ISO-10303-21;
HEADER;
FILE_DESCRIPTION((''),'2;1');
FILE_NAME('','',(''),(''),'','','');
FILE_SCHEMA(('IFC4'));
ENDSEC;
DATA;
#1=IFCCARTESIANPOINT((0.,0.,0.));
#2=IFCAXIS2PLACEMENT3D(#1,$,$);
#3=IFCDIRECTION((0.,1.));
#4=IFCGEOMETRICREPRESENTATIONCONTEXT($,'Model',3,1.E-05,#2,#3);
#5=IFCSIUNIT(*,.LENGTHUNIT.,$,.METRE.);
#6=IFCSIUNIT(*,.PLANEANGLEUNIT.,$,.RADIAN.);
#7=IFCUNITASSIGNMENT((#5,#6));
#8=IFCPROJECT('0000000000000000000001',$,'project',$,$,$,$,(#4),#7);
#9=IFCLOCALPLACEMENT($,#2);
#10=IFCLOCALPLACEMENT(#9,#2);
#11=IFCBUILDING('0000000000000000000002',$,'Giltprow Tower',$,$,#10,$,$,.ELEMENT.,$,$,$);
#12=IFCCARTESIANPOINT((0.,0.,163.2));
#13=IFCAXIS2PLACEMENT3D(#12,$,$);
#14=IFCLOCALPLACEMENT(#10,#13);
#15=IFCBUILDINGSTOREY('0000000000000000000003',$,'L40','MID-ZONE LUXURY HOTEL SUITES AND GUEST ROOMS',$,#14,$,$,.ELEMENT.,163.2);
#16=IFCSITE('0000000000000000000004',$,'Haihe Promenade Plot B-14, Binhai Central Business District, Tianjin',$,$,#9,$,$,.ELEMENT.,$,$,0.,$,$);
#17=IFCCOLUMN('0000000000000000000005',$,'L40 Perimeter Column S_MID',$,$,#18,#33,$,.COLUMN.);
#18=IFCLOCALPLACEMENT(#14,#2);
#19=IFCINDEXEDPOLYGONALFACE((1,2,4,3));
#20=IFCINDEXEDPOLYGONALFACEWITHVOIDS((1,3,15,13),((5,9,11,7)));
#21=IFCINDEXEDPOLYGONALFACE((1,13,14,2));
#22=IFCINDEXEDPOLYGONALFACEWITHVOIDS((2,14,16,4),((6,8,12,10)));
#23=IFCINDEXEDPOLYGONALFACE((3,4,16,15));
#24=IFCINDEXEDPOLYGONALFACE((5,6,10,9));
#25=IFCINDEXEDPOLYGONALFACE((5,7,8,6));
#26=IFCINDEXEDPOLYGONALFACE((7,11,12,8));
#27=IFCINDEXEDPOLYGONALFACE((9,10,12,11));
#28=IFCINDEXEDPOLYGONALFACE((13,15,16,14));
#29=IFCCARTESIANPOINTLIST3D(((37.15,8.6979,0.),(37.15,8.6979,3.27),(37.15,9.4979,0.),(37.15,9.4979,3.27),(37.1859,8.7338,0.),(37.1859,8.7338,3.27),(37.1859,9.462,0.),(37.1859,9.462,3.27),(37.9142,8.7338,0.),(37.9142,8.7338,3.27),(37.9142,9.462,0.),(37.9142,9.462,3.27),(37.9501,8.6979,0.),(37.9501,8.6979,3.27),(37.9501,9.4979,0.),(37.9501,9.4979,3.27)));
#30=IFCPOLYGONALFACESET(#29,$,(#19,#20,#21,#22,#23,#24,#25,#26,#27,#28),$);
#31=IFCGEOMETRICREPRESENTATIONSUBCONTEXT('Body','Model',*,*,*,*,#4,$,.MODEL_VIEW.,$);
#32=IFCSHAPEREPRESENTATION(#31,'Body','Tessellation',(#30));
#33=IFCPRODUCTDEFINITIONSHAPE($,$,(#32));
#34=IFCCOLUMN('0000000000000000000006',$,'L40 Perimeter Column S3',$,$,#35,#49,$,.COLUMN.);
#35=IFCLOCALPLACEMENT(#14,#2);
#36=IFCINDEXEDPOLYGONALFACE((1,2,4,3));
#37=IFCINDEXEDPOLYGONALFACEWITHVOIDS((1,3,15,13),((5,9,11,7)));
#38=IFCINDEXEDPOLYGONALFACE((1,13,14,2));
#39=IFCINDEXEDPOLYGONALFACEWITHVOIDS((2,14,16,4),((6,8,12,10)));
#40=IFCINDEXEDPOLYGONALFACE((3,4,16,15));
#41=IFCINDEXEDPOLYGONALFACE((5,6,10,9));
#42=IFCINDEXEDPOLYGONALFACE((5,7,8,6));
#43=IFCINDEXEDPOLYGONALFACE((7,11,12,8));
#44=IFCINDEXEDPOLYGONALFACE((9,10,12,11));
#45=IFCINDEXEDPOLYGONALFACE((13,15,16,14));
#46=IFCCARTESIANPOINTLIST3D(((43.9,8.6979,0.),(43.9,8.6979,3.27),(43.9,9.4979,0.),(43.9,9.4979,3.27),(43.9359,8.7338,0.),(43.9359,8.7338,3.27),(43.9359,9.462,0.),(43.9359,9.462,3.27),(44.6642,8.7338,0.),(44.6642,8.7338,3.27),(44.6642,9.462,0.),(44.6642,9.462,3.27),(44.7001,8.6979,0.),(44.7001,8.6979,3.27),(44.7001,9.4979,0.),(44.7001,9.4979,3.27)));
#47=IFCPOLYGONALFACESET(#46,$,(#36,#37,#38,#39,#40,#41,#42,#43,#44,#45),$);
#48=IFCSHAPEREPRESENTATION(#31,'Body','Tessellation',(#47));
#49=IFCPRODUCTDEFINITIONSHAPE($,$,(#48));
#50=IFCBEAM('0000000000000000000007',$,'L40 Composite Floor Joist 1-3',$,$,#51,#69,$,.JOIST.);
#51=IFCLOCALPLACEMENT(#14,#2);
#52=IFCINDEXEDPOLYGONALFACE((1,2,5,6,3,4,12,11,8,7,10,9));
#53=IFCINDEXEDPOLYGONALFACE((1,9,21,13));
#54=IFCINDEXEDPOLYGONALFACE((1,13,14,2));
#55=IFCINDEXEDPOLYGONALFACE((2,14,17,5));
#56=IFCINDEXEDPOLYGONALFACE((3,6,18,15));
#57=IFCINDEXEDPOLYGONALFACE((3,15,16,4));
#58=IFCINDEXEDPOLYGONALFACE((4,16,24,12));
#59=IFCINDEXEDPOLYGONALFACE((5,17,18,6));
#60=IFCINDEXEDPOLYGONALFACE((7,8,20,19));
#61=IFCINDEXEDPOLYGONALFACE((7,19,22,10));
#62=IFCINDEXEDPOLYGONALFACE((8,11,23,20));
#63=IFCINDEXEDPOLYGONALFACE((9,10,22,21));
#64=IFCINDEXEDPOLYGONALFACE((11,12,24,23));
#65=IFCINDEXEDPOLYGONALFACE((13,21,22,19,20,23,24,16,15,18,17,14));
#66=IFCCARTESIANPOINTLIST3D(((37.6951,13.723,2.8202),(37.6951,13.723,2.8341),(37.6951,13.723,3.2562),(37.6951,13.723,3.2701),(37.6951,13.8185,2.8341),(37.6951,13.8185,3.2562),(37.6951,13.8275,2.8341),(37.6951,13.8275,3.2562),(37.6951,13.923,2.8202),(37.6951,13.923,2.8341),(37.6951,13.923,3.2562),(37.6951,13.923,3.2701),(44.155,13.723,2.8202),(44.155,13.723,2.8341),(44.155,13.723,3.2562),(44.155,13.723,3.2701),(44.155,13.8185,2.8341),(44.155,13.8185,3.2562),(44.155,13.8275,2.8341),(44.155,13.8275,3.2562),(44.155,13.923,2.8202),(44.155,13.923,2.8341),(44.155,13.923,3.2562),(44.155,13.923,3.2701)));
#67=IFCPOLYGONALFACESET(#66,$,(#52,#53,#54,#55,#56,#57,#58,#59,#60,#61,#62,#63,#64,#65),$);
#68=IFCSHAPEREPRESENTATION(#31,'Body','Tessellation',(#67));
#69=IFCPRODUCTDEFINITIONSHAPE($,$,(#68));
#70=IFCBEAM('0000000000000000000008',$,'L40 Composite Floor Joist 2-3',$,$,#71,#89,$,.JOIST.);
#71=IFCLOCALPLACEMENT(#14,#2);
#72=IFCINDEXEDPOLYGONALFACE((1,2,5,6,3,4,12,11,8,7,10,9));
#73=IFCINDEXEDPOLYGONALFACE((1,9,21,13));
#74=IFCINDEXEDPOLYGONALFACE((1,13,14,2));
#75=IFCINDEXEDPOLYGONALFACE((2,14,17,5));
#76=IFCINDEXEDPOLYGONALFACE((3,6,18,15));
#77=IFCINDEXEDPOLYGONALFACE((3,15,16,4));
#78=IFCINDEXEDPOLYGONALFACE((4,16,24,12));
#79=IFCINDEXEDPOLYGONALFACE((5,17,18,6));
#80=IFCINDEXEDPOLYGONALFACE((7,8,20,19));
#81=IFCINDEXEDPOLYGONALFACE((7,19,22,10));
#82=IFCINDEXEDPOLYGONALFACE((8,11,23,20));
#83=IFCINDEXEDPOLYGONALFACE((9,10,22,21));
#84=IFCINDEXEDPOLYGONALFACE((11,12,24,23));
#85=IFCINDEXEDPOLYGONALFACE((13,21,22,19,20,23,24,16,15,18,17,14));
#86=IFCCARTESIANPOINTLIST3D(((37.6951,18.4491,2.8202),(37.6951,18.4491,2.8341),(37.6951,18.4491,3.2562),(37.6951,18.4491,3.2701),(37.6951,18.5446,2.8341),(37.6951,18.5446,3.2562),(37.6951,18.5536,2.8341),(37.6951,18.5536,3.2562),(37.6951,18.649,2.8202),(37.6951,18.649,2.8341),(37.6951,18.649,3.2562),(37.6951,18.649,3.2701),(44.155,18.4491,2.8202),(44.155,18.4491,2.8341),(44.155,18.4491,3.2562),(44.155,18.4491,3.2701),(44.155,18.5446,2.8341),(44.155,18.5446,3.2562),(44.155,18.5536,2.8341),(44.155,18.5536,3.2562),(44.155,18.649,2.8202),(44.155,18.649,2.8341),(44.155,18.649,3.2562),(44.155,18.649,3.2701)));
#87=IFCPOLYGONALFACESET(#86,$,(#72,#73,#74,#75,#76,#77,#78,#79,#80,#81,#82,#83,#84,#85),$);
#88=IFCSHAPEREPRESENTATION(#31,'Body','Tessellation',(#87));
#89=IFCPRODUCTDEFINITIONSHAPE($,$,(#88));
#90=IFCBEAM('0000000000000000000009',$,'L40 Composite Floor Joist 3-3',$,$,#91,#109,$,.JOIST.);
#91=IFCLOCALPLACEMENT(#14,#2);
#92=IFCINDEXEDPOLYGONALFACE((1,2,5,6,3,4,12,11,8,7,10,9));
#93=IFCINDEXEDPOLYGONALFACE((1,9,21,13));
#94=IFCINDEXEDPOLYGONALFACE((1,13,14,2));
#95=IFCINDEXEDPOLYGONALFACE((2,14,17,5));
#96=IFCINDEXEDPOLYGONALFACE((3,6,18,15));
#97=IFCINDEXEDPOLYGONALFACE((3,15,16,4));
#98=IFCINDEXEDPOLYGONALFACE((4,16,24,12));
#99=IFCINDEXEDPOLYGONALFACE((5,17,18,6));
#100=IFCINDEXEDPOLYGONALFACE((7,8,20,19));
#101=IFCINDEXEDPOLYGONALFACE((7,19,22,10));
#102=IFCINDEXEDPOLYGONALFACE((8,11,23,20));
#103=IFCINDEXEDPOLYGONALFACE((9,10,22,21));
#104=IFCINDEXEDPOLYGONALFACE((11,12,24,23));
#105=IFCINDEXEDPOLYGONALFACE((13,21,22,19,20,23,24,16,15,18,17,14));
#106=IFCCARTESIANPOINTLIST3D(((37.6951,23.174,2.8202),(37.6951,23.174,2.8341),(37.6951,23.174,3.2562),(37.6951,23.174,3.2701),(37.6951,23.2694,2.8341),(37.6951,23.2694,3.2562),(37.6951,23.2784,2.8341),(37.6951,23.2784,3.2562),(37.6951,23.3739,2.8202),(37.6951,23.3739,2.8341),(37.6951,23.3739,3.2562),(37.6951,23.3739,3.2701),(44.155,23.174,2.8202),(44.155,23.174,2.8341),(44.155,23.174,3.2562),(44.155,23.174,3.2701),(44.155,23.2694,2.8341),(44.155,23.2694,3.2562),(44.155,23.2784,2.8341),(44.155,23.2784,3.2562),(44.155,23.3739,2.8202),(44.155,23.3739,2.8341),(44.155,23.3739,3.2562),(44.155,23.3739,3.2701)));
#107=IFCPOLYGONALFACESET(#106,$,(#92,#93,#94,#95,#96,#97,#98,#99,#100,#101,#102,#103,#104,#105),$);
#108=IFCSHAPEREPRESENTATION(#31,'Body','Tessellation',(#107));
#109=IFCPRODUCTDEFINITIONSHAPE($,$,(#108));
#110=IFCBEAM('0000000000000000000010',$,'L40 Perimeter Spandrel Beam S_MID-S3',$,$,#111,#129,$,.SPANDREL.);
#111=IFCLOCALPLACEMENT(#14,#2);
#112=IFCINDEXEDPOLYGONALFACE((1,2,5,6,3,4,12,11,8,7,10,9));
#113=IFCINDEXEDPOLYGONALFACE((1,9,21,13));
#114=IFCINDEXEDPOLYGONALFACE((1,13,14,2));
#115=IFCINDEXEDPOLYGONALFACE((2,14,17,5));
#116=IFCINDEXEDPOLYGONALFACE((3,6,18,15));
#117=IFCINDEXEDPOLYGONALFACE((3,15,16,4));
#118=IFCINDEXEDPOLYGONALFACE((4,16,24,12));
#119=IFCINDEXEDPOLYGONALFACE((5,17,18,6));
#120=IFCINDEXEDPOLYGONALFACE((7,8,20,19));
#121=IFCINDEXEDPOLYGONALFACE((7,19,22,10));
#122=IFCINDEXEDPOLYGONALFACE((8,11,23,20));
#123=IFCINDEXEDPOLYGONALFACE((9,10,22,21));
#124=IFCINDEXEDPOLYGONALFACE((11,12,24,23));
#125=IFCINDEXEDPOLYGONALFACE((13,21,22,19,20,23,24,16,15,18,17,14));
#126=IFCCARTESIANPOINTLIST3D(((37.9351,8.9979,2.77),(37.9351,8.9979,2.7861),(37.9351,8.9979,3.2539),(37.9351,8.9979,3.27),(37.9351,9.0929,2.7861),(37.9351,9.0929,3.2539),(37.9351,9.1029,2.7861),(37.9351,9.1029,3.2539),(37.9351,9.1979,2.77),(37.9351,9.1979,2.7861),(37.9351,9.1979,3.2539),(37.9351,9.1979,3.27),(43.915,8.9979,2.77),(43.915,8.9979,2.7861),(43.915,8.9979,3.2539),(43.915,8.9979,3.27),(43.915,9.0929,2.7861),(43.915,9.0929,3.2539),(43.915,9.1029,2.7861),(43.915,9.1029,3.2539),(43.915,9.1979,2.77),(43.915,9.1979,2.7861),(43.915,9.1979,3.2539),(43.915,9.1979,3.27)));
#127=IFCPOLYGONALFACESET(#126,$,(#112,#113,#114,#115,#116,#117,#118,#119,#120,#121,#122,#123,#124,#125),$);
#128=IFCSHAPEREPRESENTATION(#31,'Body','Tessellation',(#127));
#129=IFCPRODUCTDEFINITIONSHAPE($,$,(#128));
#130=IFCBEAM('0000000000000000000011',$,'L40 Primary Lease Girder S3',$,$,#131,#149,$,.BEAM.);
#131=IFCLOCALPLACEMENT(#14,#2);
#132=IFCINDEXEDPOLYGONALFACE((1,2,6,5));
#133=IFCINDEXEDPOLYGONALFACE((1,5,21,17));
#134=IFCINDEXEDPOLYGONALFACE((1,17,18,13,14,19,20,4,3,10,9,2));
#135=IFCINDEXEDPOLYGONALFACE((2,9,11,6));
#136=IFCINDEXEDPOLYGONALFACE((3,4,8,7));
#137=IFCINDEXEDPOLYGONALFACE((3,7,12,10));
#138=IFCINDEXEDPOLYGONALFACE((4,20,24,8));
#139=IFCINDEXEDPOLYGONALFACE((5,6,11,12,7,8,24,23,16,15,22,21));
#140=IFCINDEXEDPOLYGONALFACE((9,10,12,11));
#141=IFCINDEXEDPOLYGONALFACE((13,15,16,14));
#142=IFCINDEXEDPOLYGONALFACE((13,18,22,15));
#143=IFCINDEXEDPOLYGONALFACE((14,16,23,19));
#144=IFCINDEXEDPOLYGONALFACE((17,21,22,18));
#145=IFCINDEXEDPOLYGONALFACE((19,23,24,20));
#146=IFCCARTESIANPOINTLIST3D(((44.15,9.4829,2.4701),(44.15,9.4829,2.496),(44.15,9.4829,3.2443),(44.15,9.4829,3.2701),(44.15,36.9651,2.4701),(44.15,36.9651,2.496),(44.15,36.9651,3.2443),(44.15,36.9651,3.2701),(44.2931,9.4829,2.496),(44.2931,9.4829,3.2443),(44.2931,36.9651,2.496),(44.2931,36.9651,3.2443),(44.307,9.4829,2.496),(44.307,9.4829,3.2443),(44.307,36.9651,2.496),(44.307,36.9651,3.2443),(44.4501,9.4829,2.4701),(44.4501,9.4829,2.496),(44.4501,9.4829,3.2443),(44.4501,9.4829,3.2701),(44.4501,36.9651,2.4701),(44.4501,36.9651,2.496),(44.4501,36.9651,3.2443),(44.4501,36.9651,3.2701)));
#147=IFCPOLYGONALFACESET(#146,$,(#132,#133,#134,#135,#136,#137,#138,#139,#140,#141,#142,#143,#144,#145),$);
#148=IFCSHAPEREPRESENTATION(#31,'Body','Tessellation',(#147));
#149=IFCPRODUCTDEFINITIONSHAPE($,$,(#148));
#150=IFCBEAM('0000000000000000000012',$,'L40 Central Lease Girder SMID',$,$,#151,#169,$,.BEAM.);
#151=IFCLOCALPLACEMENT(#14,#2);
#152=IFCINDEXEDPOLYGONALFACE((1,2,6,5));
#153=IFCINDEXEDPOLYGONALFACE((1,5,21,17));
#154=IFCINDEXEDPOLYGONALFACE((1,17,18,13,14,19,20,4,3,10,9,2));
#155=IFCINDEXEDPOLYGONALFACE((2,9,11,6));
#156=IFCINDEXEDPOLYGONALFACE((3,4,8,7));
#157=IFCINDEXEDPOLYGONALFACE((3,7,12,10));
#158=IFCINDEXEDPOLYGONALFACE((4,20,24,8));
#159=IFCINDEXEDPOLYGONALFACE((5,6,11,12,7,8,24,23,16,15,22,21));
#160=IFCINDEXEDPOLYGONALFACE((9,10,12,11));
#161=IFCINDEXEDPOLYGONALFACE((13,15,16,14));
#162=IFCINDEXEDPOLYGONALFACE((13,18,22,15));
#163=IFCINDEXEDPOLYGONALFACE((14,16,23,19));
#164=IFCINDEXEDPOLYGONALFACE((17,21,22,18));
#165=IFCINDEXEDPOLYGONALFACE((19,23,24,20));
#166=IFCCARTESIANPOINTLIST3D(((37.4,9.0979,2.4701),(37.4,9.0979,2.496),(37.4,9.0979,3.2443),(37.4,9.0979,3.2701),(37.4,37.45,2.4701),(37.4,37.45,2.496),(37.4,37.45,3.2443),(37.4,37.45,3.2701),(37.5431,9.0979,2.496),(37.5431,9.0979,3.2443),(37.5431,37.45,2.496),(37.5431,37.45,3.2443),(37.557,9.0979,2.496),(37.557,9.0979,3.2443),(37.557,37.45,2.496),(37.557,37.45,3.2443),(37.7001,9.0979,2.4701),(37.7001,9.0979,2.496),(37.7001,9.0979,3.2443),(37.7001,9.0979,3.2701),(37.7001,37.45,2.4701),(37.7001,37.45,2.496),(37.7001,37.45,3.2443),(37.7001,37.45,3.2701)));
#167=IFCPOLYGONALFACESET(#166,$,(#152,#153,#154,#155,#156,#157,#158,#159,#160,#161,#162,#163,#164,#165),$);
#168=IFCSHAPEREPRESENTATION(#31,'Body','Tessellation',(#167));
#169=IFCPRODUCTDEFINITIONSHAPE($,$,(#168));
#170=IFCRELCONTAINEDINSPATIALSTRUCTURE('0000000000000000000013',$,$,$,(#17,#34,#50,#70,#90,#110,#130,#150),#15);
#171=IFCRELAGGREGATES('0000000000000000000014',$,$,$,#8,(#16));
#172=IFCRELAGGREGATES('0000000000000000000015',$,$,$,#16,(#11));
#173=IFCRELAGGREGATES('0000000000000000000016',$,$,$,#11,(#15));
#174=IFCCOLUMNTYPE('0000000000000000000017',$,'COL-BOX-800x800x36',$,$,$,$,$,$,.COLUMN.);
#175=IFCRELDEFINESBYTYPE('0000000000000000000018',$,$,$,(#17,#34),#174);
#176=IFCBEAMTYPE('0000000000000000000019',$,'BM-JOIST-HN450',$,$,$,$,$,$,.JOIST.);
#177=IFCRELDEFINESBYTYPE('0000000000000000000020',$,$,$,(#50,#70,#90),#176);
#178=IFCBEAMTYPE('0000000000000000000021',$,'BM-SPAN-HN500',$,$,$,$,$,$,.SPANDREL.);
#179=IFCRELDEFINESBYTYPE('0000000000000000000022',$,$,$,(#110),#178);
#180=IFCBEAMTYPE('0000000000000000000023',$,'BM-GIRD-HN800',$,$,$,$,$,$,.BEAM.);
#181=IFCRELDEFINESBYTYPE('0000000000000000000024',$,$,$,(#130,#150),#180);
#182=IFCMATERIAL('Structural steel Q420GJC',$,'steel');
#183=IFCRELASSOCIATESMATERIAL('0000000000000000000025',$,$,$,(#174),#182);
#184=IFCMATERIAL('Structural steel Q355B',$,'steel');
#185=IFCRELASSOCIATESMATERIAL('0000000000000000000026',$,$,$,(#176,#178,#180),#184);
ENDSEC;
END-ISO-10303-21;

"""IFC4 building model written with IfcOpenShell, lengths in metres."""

from ifc_helpers import new_model, si_unit, direction, frame, origin, origin_2d, place, context, subcontext, project, spatial, hollow_rectangle, i_section, extrude, source, transform, mapped, material, material_profile, profile_set, type_object, element, save


model = new_model("IFC4")

# Units and contexts
model_context = context("Model", 3, precision=1e-05, world=origin(), true_north=direction((0.0, 1.0)))
body_context = subcontext(model_context, "Body", "Model", "MODEL_VIEW")
ifc_project = project(units=[si_unit("LENGTHUNIT", "METRE"), si_unit("PLANEANGLEUNIT", "RADIAN")], contexts=[model_context])

# Site, building, storey
site_placement = place(None, origin())
site = spatial("IfcSite", under=ifc_project, at=site_placement, Name="Haihe Promenade Plot B-14, Binhai Central Business District, Tianjin", CompositionType="ELEMENT", RefElevation=0.0)
building_placement = place(site_placement, origin())
building = spatial("IfcBuilding", under=site, at=building_placement, Name="Giltprow Tower", CompositionType="ELEMENT")
storey_placement = place(building_placement, frame((0.0, 0.0, 163.2)))
storey = spatial("IfcBuildingStorey", under=building, at=storey_placement, Name="L40", Description="MID-ZONE LUXURY HOTEL SUITES AND GUEST ROOMS", CompositionType="ELEMENT", Elevation=163.2)

# Columns
ifc_material_1 = material(Name="Structural steel Q420GJC", Category="steel")
ifc_material_profile_1 = material_profile(ifc_material_1, hollow_rectangle(XDim=0.8, YDim=0.8, WallThickness=0.0359, at=origin_2d()), Name="BOX 800x800x36")
ifc_profile_set_1 = profile_set([ifc_material_profile_1], Name="Structural steel Q420GJC")
column_type = type_object("IfcColumnType", Name="COL-BOX-800x800x36", PredefinedType="COLUMN", material=ifc_profile_set_1)
shared_shape_1 = source(origin(), body_context, "Body", "SweptSolid", [
    extrude(hollow_rectangle(XDim=0.8, YDim=0.8, WallThickness=0.0359, at=origin_2d()), origin(), (0.0, 0.0, 1.0), 3.27),
])
for number, where, z_axis, x_axis, name in (
    (1, (37.55, 9.0979, 0.0), (0.0, 0.0, 1.0), (1.0, 0.0, 0.0), "L40 Perimeter Column S_MID"),
    (2, (44.3, 9.0979, 0.0), (0.0, 0.0, 1.0), (1.0, 0.0, 0.0), "L40 Perimeter Column S3"),
):
    element("IfcColumn", number, at=place(storey_placement, frame(where, z_axis=z_axis, x_axis=x_axis)), inside=storey, type_object=column_type, Name=name, PredefinedType="COLUMN", context=body_context, shape_type="MappedRepresentation", body=[
        mapped(shared_shape_1, transform((0.0, 0.0, 0.0), x_axis=(1.0, 0.0, 0.0), y_axis=(0.0, 1.0, 0.0), z_axis=(0.0, 0.0, 1.0), scale=1.0)),
    ])

# Beams
ifc_material_2 = material(Name="Structural steel Q355B", Category="steel")
ifc_material_profile_2 = material_profile(ifc_material_2, i_section(OverallWidth=0.2, OverallDepth=0.45, WebThickness=0.009, FlangeThickness=0.0139, at=origin_2d()), Name="HN 450x200x9x14")
ifc_profile_set_2 = profile_set([ifc_material_profile_2], Name="Structural steel Q355B")
beam_type_1 = type_object("IfcBeamType", Name="BM-JOIST-HN450", PredefinedType="JOIST", material=ifc_profile_set_2)
shared_shape_2 = source(origin(), body_context, "Body", "SweptSolid", [
    extrude(i_section(OverallWidth=0.2, OverallDepth=0.45, WebThickness=0.009, FlangeThickness=0.0139, at=origin_2d()), origin(), (0.0, 0.0, 1.0), 6.46),
])
for number, where, z_axis, x_axis, name in (
    (3, (37.6951, 13.823, 3.0452), (1.0, 0.0, 0.0), (0.0, 1.0, 0.0), "L40 Composite Floor Joist 1-3"),
    (4, (37.6951, 18.5491, 3.0452), (1.0, 0.0, 0.0), (0.0, 1.0, 0.0), "L40 Composite Floor Joist 2-3"),
    (5, (37.6951, 23.2739, 3.0452), (1.0, 0.0, 0.0), (0.0, 1.0, 0.0), "L40 Composite Floor Joist 3-3"),
):
    element("IfcBeam", number, at=place(storey_placement, frame(where, z_axis=z_axis, x_axis=x_axis)), inside=storey, type_object=beam_type_1, Name=name, PredefinedType="JOIST", context=body_context, shape_type="MappedRepresentation", body=[
        mapped(shared_shape_2, transform((0.0, 0.0, 0.0), x_axis=(1.0, 0.0, 0.0), y_axis=(0.0, 1.0, 0.0), z_axis=(0.0, 0.0, 1.0), scale=1.0)),
    ])
ifc_material_profile_3 = material_profile(ifc_material_2, i_section(OverallWidth=0.2, OverallDepth=0.5, WebThickness=0.01, FlangeThickness=0.0161, at=origin_2d()), Name="HN 500x200x10x16")
ifc_profile_set_3 = profile_set([ifc_material_profile_3], Name="Structural steel Q355B")
beam_type_2 = type_object("IfcBeamType", Name="BM-SPAN-HN500", PredefinedType="SPANDREL", material=ifc_profile_set_3)
shared_shape_3 = source(origin(), body_context, "Body", "SweptSolid", [
    extrude(i_section(OverallWidth=0.2, OverallDepth=0.5, WebThickness=0.01, FlangeThickness=0.0161, at=origin_2d()), origin(), (0.0, 0.0, 1.0), 5.98),
])
beam_1_placement = place(storey_placement, frame((37.9351, 9.0979, 3.02), z_axis=(1.0, 0.0, 0.0), x_axis=(0.0, 1.0, 0.0)))
element("IfcBeam", 6, at=beam_1_placement, inside=storey, type_object=beam_type_2, Name="L40 Perimeter Spandrel Beam S_MID-S3", PredefinedType="SPANDREL", context=body_context, shape_type="MappedRepresentation", body=[
    mapped(shared_shape_3, transform((0.0, 0.0, 0.0), x_axis=(1.0, 0.0, 0.0), y_axis=(0.0, 1.0, 0.0), z_axis=(0.0, 0.0, 1.0), scale=1.0)),
])
ifc_material_profile_4 = material_profile(ifc_material_2, i_section(OverallWidth=0.3, OverallDepth=0.8, WebThickness=0.0139, FlangeThickness=0.0259, at=origin_2d()), Name="HN 800x300x14x26")
ifc_profile_set_4 = profile_set([ifc_material_profile_4], Name="Structural steel Q355B")
beam_type_3 = type_object("IfcBeamType", Name="BM-GIRD-HN800", PredefinedType="BEAM", material=ifc_profile_set_4)
shared_shape_4 = source(origin(), body_context, "Body", "SweptSolid", [
    extrude(i_section(OverallWidth=0.3, OverallDepth=0.8, WebThickness=0.0139, FlangeThickness=0.0259, at=origin_2d()), origin(), (0.0, 0.0, 1.0), 27.4822),
])
beam_2_placement = place(storey_placement, frame((44.3, 9.4829, 2.8701), z_axis=(0.0, 1.0, 0.0), x_axis=(-1.0, 0.0, 0.0)))
element("IfcBeam", 7, at=beam_2_placement, inside=storey, type_object=beam_type_3, Name="L40 Primary Lease Girder S3", PredefinedType="BEAM", context=body_context, shape_type="MappedRepresentation", body=[
    mapped(shared_shape_4, transform((0.0, 0.0, 0.0), x_axis=(1.0, 0.0, 0.0), y_axis=(0.0, 1.0, 0.0), z_axis=(0.0, 0.0, 1.0), scale=1.0)),
])
shared_shape_5 = source(origin(), body_context, "Body", "SweptSolid", [
    extrude(i_section(OverallWidth=0.3, OverallDepth=0.8, WebThickness=0.0139, FlangeThickness=0.0259, at=origin_2d()), origin(), (0.0, 0.0, 1.0), 28.3521),
])
beam_3_placement = place(storey_placement, frame((37.55, 9.0979, 2.8701), z_axis=(0.0, 1.0, 0.0), x_axis=(-1.0, 0.0, 0.0)))
element("IfcBeam", 8, at=beam_3_placement, inside=storey, type_object=beam_type_3, Name="L40 Central Lease Girder SMID", PredefinedType="BEAM", context=body_context, shape_type="MappedRepresentation", body=[
    mapped(shared_shape_5, transform((0.0, 0.0, 0.0), x_axis=(1.0, 0.0, 0.0), y_axis=(0.0, 1.0, 0.0), z_axis=(0.0, 0.0, 1.0), scale=1.0)),
])

save(model, "model.ifc")
